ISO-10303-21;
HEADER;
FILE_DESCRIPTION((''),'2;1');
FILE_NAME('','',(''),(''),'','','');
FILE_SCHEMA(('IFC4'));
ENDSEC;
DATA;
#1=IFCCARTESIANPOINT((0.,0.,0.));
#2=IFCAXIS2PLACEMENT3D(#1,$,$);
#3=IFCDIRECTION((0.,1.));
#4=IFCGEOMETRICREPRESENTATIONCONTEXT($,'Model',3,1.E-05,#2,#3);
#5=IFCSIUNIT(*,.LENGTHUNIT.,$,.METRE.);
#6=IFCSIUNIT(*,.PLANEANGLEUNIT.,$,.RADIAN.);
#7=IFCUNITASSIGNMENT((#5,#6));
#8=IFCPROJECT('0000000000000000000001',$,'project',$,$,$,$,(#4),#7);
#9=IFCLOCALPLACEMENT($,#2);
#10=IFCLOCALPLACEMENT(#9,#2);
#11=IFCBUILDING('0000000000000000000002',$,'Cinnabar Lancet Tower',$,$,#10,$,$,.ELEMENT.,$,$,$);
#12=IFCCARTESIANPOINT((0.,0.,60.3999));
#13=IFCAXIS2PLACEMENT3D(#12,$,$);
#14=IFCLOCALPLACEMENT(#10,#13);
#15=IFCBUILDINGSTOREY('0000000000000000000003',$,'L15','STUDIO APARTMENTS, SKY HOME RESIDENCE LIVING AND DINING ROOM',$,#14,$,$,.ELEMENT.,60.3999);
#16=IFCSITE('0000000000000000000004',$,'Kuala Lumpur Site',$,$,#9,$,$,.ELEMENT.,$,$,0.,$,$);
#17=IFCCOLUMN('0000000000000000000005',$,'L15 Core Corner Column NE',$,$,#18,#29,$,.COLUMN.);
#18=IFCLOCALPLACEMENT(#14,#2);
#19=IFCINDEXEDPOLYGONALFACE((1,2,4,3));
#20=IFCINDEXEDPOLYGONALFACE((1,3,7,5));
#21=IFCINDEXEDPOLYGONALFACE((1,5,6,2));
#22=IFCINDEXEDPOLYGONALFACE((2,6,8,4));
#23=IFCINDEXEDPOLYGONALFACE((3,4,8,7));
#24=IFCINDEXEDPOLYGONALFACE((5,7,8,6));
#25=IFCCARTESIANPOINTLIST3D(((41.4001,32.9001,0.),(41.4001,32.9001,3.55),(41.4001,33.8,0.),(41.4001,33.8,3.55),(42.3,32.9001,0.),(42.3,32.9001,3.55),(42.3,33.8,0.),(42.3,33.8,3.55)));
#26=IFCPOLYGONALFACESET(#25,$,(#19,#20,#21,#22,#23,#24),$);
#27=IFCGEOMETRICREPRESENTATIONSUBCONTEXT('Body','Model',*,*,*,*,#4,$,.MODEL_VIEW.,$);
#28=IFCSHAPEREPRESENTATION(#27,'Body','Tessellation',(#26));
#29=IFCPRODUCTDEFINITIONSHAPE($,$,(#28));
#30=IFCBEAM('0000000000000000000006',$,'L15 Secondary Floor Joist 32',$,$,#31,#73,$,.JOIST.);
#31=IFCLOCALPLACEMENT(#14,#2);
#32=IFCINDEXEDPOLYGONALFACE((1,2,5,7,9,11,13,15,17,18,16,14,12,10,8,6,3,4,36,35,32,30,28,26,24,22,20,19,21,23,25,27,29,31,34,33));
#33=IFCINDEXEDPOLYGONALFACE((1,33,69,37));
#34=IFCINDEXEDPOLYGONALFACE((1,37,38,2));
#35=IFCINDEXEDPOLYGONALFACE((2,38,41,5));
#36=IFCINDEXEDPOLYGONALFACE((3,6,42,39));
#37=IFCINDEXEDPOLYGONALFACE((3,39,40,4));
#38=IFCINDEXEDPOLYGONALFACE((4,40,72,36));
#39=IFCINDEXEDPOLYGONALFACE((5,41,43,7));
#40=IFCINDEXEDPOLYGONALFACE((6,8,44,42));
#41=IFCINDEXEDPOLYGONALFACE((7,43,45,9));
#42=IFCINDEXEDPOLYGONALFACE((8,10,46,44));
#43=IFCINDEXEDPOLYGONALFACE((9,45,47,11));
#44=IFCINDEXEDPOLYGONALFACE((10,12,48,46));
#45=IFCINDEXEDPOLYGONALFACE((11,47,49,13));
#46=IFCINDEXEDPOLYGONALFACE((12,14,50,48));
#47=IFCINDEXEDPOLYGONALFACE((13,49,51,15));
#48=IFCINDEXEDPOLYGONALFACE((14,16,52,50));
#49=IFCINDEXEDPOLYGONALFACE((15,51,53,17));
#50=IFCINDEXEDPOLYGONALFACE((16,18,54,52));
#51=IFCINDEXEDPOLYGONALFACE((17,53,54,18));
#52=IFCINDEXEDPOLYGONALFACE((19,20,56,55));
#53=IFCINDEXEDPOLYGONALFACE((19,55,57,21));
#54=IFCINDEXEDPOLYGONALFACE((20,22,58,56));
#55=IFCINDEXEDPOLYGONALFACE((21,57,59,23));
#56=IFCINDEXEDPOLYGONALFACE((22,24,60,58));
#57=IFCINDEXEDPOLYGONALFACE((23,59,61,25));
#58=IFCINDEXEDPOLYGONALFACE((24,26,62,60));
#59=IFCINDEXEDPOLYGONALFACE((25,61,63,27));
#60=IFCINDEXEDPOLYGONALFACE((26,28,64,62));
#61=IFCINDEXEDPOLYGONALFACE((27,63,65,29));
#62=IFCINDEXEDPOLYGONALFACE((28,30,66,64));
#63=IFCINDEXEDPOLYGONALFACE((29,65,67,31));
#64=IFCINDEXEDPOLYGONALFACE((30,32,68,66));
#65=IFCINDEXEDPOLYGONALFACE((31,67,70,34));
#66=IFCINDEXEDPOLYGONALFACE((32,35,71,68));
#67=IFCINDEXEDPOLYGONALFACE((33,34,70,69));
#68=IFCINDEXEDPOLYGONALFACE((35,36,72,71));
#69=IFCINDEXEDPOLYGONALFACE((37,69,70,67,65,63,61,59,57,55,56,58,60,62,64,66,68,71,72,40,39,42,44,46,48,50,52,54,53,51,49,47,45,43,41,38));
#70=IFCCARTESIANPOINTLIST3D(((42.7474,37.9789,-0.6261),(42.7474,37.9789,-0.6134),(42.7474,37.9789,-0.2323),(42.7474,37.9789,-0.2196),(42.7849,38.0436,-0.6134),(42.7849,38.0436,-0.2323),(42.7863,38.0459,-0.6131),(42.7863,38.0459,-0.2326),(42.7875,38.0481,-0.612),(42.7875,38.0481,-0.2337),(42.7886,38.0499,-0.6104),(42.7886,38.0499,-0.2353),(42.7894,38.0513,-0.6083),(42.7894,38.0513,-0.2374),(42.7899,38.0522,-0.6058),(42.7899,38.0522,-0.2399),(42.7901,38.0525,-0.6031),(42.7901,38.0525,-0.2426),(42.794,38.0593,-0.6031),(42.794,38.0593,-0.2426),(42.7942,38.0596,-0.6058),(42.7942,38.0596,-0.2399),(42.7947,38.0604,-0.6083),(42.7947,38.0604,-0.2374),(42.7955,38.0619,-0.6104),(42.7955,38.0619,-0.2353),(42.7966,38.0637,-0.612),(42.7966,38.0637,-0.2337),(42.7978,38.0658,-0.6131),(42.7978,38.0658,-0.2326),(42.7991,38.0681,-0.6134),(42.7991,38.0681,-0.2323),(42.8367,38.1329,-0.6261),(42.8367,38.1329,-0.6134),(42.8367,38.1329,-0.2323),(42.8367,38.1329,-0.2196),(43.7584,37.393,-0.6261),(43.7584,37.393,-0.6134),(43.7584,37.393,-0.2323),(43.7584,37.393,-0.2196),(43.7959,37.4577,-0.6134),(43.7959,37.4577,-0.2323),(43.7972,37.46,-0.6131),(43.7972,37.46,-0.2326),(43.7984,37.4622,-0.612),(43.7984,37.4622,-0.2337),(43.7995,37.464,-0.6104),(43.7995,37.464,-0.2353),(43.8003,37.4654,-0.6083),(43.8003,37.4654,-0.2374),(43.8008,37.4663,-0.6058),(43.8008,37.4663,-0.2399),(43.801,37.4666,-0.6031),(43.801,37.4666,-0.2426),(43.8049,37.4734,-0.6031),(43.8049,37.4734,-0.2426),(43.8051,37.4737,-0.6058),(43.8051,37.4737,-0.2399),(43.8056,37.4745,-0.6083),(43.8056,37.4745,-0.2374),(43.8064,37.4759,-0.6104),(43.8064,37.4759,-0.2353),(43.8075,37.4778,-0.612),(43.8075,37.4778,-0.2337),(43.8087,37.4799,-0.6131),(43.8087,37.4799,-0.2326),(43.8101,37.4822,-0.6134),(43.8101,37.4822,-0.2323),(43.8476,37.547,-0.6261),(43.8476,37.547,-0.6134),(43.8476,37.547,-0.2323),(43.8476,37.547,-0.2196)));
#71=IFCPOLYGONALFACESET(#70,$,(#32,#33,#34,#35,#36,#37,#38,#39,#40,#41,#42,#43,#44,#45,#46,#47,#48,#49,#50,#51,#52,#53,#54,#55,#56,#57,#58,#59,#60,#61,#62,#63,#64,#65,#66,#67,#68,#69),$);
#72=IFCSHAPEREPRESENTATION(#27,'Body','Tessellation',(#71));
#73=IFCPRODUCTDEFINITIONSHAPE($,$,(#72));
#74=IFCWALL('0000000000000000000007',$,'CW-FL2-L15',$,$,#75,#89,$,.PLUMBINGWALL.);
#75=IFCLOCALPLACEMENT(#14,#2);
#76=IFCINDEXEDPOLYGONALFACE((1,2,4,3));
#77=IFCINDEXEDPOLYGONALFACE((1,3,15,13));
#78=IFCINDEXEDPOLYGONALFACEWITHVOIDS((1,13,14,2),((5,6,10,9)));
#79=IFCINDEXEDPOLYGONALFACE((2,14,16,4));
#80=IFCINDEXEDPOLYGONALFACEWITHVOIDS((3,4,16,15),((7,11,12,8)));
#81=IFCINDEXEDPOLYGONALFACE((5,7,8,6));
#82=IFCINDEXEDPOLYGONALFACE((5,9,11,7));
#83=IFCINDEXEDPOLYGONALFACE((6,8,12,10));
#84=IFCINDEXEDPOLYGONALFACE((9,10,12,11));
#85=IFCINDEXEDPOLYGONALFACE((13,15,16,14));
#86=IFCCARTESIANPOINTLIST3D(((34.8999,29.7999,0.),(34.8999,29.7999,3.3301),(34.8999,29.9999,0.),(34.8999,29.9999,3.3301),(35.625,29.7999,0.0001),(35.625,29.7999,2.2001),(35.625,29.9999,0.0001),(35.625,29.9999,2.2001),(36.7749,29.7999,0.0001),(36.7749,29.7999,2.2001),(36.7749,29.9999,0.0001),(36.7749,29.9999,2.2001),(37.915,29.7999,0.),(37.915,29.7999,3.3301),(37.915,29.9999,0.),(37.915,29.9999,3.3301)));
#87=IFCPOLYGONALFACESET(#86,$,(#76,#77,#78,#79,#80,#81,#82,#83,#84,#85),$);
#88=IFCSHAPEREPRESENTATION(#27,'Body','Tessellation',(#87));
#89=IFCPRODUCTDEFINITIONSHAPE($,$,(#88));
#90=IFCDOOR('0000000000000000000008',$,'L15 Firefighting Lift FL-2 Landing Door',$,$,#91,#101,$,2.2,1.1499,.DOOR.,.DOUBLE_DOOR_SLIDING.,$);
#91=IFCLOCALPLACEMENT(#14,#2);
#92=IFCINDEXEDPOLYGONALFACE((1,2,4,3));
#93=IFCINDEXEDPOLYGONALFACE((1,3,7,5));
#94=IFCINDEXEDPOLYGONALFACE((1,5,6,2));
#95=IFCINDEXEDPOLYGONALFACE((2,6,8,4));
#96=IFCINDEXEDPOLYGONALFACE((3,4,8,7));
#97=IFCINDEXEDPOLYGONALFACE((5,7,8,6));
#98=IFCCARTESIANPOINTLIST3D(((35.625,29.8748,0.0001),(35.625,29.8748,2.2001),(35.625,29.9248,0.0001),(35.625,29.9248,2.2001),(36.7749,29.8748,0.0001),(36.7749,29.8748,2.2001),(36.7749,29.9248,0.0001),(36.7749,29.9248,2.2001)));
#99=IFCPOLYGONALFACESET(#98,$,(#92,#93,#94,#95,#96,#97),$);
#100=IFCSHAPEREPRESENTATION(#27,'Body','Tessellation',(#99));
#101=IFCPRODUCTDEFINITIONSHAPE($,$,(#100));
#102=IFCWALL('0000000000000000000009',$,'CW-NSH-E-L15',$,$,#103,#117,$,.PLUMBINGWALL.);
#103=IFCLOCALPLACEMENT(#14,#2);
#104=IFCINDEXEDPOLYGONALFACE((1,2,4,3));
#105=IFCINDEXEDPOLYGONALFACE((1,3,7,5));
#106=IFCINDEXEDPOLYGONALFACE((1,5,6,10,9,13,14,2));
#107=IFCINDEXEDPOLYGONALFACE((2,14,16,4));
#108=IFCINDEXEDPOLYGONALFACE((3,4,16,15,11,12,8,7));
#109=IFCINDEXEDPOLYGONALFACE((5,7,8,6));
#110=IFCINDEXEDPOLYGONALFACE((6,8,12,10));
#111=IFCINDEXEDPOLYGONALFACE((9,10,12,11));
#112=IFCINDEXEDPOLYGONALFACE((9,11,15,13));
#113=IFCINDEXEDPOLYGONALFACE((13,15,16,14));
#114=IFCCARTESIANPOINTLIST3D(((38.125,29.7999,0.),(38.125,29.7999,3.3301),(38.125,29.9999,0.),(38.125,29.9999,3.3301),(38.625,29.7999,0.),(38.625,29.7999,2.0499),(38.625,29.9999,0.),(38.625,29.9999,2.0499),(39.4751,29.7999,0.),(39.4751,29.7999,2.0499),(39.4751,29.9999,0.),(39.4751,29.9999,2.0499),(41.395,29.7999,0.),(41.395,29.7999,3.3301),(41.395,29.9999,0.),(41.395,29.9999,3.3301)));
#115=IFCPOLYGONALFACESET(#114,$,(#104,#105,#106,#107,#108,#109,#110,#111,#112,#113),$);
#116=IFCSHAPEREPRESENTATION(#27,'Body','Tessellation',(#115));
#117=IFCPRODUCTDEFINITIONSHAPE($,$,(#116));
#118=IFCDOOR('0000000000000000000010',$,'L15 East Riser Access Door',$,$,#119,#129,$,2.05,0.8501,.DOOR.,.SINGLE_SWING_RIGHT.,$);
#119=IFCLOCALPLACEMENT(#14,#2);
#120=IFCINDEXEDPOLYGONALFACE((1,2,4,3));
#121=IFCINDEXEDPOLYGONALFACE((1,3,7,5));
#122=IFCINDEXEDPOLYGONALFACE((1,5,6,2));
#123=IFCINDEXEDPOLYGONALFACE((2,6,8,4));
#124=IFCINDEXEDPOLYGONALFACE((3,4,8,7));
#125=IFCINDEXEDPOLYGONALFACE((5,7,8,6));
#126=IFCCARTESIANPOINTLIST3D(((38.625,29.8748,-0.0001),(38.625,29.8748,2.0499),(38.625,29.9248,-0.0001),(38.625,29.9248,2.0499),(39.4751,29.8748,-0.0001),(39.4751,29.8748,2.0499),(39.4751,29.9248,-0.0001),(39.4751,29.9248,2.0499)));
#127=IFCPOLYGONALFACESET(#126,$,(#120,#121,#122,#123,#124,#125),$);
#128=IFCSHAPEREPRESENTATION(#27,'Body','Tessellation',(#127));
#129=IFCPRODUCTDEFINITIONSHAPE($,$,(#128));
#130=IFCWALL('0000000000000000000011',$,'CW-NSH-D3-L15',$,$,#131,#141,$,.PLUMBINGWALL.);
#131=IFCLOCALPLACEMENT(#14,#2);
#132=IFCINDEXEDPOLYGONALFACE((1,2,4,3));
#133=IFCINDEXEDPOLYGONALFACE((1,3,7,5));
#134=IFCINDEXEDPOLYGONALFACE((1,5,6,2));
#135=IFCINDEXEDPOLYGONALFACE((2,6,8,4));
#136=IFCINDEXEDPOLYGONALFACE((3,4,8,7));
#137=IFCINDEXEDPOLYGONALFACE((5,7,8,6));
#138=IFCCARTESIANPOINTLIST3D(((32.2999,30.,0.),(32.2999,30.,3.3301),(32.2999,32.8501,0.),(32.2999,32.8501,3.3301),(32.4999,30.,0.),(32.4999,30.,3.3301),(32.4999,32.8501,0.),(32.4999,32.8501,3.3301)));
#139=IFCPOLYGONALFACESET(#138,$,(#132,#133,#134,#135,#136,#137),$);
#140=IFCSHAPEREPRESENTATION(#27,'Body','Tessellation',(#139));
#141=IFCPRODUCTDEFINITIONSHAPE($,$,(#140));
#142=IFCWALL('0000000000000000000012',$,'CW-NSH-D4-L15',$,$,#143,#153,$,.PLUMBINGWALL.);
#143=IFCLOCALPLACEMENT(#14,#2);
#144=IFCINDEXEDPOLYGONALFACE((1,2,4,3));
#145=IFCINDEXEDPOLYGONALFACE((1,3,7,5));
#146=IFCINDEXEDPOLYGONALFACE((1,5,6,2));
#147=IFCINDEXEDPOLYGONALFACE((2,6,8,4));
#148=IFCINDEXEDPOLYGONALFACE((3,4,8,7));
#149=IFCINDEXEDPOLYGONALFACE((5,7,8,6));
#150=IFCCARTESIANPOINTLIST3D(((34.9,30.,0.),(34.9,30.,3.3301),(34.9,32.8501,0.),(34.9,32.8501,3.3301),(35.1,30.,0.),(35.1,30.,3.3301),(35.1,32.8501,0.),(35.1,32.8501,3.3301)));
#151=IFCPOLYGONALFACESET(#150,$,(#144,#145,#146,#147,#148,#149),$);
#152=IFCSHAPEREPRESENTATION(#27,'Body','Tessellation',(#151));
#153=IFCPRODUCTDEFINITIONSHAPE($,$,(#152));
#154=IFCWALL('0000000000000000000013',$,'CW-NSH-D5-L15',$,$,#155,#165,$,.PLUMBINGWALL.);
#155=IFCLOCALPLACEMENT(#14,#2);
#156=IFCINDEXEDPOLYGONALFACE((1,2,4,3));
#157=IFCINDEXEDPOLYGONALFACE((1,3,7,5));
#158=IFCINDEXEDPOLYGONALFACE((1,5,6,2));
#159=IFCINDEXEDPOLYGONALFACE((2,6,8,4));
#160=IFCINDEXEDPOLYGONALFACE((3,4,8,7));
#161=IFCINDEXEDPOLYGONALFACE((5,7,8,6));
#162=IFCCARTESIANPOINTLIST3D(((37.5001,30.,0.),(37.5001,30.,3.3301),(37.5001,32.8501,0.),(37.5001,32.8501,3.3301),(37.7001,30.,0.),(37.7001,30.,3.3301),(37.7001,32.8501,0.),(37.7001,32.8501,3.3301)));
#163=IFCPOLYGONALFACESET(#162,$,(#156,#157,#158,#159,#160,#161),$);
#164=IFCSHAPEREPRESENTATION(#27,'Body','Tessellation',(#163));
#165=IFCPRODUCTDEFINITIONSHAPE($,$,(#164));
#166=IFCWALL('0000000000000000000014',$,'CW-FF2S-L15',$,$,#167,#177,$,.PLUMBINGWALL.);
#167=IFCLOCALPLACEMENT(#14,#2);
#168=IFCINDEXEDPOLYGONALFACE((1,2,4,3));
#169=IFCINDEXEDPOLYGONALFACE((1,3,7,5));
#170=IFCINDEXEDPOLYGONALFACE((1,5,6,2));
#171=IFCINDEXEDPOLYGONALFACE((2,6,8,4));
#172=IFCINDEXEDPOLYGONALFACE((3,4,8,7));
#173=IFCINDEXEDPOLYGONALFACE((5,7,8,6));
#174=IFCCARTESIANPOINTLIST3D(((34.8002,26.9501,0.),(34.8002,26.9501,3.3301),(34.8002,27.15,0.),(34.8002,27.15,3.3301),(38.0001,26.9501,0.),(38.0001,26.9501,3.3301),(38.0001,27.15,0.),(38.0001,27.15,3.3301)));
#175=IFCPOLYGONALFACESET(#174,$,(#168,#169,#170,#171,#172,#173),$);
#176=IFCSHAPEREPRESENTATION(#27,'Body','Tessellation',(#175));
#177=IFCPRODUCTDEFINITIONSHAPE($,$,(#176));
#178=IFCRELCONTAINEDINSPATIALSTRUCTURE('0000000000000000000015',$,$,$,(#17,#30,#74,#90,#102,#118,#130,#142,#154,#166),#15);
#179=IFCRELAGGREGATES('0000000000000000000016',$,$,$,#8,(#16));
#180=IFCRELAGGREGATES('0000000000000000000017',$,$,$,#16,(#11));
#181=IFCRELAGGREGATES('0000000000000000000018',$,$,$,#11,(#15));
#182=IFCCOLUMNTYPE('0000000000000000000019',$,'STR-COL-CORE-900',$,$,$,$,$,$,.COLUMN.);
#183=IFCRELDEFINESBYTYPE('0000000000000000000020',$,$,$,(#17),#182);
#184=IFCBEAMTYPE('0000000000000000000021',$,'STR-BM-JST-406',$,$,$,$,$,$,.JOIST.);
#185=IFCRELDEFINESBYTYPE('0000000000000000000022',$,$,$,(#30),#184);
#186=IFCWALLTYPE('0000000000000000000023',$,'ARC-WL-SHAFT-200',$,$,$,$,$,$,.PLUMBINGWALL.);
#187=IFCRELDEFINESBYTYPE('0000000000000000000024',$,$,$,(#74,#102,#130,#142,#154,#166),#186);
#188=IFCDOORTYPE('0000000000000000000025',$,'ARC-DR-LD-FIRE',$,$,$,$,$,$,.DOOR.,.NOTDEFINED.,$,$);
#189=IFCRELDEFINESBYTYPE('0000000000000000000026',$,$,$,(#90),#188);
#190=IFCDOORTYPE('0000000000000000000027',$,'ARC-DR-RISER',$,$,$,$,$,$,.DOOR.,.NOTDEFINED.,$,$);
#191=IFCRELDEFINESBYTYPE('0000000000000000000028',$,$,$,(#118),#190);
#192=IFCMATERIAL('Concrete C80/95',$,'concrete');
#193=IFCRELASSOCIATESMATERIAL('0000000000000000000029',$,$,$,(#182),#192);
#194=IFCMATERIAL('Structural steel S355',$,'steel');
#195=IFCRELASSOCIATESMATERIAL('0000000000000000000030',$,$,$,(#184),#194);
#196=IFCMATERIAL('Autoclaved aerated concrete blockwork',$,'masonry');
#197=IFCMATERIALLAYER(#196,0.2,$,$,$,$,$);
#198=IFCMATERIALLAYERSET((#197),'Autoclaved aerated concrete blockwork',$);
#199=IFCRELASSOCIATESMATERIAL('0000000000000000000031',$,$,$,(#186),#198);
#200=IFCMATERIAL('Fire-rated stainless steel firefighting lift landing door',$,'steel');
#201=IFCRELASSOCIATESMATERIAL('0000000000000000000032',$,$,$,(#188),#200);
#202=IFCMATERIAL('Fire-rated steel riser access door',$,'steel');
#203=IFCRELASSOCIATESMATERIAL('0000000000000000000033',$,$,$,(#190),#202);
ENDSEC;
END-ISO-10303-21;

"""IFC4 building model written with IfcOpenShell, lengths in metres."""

from ifc_helpers import new_model, si_unit, direction, frame, frame_2d, origin, origin_2d, place, context, subcontext, project, spatial, rectangle, i_section, extrude, material, layer, layer_set, material_profile, profile_set, type_object, element, fill, save


model = new_model("IFC4")

# Units and contexts
model_context = context("Model", 3, precision=1e-05, world=origin(), true_north=direction((0.0, 1.0)))
body_context = subcontext(model_context, "Body", "Model", "MODEL_VIEW")
ifc_project = project(units=[si_unit("LENGTHUNIT", "METRE"), si_unit("PLANEANGLEUNIT", "RADIAN")], contexts=[model_context])

# Site, building, storey
site_placement = place(None, origin())
site = spatial("IfcSite", under=ifc_project, at=site_placement, Name="Kuala Lumpur Site", CompositionType="ELEMENT", RefElevation=0.0)
building_placement = place(site_placement, origin())
building = spatial("IfcBuilding", under=site, at=building_placement, Name="Cinnabar Lancet Tower", CompositionType="ELEMENT")
storey_placement = place(building_placement, frame((0.0, 0.0, 60.3999)))
storey = spatial("IfcBuildingStorey", under=building, at=storey_placement, Name="L15", Description="STUDIO APARTMENTS, SKY HOME RESIDENCE LIVING AND DINING ROOM", CompositionType="ELEMENT", Elevation=60.3999)

# Column
ifc_material_1 = material(Name="Concrete C80/95", Category="concrete")
ifc_material_profile_1 = material_profile(ifc_material_1, rectangle(XDim=0.8999, YDim=0.8999, at=origin_2d()), Name="RC-COL 900x900")
ifc_profile_set_1 = profile_set([ifc_material_profile_1], Name="Concrete C80/95")
column_type = type_object("IfcColumnType", Name="STR-COL-CORE-900", PredefinedType="COLUMN", material=ifc_profile_set_1)
column_placement = place(storey_placement, frame((41.8501, 33.3501, 0.0), z_axis=(0.0, 0.0, 1.0), x_axis=(1.0, 0.0, 0.0)))
element("IfcColumn", 1, at=column_placement, inside=storey, type_object=column_type, Name="L15 Core Corner Column NE", PredefinedType="COLUMN", context=body_context, shape_type="SweptSolid", body=[
    extrude(rectangle(XDim=0.8999, YDim=0.8999, at=origin_2d()), origin(), (0.0, 0.0, 1.0), 3.55),
])

# Beam
ifc_material_2 = material(Name="Structural steel S355", Category="steel")
ifc_material_profile_2 = material_profile(ifc_material_2, i_section(OverallWidth=0.178, OverallDepth=0.4065, WebThickness=0.0078, FlangeThickness=0.0127, FilletRadius=0.0103, at=origin_2d()), Name="UKB 406x178x60")
ifc_profile_set_2 = profile_set([ifc_material_profile_2], Name="Structural steel S355")
beam_type = type_object("IfcBeamType", Name="STR-BM-JST-406", PredefinedType="JOIST", material=ifc_profile_set_2)
beam_placement = place(storey_placement, frame((43.803, 37.47, -0.4229), z_axis=(-0.865193, 0.50144, 0.0), x_axis=(-0.50144, -0.865193, 0.0)))
element("IfcBeam", 2, at=beam_placement, inside=storey, type_object=beam_type, Name="L15 Secondary Floor Joist 32", PredefinedType="JOIST", context=body_context, shape_type="SweptSolid", body=[
    extrude(i_section(OverallWidth=0.178, OverallDepth=0.4065, WebThickness=0.0078, FlangeThickness=0.0127, FilletRadius=0.0103, at=origin_2d()), origin(), (0.0, 0.0, 1.0), 1.1685),
])

# Walls, openings, doors
ifc_material_3 = material(Name="Autoclaved aerated concrete blockwork", Category="masonry")
ifc_layer_1 = layer(ifc_material_3, 0.2)
ifc_layer_set_1 = layer_set([ifc_layer_1], Name="Autoclaved aerated concrete blockwork")
wall_type_1 = type_object("IfcWallType", Name="ARC-WL-SHAFT-200", PredefinedType="PLUMBINGWALL", material=ifc_layer_set_1)
wall_1_placement = place(storey_placement, frame((34.8999, 29.8999, 0.0), z_axis=(0.0, 0.0, 1.0), x_axis=(1.0, 0.0, 0.0)))
wall_1 = element("IfcWall", 3, at=wall_1_placement, inside=storey, type_object=wall_type_1, Name="CW-FL2-L15", PredefinedType="PLUMBINGWALL", context=body_context, shape_type="SweptSolid", body=[
    extrude(rectangle(XDim=3.0151, YDim=0.2, at=frame_2d((1.5076, 0.0))), origin(), (0.0, 0.0, 1.0), 3.3301),
])
opening_1_placement = place(wall_1_placement, frame((0.7251, 0.0, 0.0)))
opening_1 = element("IfcOpeningElement", 4, at=opening_1_placement, cuts=wall_1, PredefinedType="OPENING", context=body_context, shape_type="SweptSolid", body=[
    extrude(rectangle(XDim=1.1499, YDim=2.2, at=frame_2d((0.575, 1.1001))), frame((0.0, 0.1099, 0.0), z_axis=(0.0, -1.0, 0.0), x_axis=(1.0, 0.0, 0.0)), (0.0, 0.0, 1.0), 0.22),
])
ifc_material_4 = material(Name="Fire-rated stainless steel firefighting lift landing door", Category="steel")
door_type_1 = type_object("IfcDoorType", Name="ARC-DR-LD-FIRE", OperationType="NOTDEFINED", PredefinedType="DOOR", material=ifc_material_4)
door_1_placement = place(opening_1_placement, origin())
door_1 = element("IfcDoor", 5, at=door_1_placement, inside=storey, type_object=door_type_1, Name="L15 Firefighting Lift FL-2 Landing Door", OperationType="DOUBLE_DOOR_SLIDING", OverallHeight=2.2, OverallWidth=1.1499, PredefinedType="DOOR", context=body_context, shape_type="SweptSolid", body=[
    extrude(rectangle(XDim=1.1499, YDim=2.2, at=frame_2d((0.575, 1.1001))), frame((0.0, 0.0249, 0.0), z_axis=(0.0, -1.0, 0.0), x_axis=(1.0, 0.0, 0.0)), (0.0, 0.0, 1.0), 0.05),
])
fill(opening_1, door_1)
wall_2_placement = place(storey_placement, frame((38.125, 29.8999, 0.0), z_axis=(0.0, 0.0, 1.0), x_axis=(1.0, 0.0, 0.0)))
wall_2 = element("IfcWall", 6, at=wall_2_placement, inside=storey, type_object=wall_type_1, Name="CW-NSH-E-L15", PredefinedType="PLUMBINGWALL", context=body_context, shape_type="SweptSolid", body=[
    extrude(rectangle(XDim=3.27, YDim=0.2, at=frame_2d((1.635, 0.0))), origin(), (0.0, 0.0, 1.0), 3.3301),
])
opening_2_placement = place(wall_2_placement, frame((0.5, 0.0, 0.0)))
opening_2 = element("IfcOpeningElement", 7, at=opening_2_placement, cuts=wall_2, PredefinedType="OPENING", context=body_context, shape_type="SweptSolid", body=[
    extrude(rectangle(XDim=0.8501, YDim=2.05, at=frame_2d((0.425, 1.0249))), frame((0.0, 0.1099, 0.0), z_axis=(0.0, -1.0, 0.0), x_axis=(1.0, 0.0, 0.0)), (0.0, 0.0, 1.0), 0.22),
])
ifc_material_5 = material(Name="Fire-rated steel riser access door", Category="steel")
door_type_2 = type_object("IfcDoorType", Name="ARC-DR-RISER", OperationType="NOTDEFINED", PredefinedType="DOOR", material=ifc_material_5)
door_2_placement = place(opening_2_placement, origin())
door_2 = element("IfcDoor", 8, at=door_2_placement, inside=storey, type_object=door_type_2, Name="L15 East Riser Access Door", OperationType="SINGLE_SWING_RIGHT", OverallHeight=2.05, OverallWidth=0.8501, PredefinedType="DOOR", context=body_context, shape_type="SweptSolid", body=[
    extrude(rectangle(XDim=0.8501, YDim=2.05, at=frame_2d((0.425, 1.0249))), frame((0.0, 0.0249, 0.0), z_axis=(0.0, -1.0, 0.0), x_axis=(1.0, 0.0, 0.0)), (0.0, 0.0, 1.0), 0.05),
])
fill(opening_2, door_2)

# Walls
for number, where, z_axis, x_axis, name in (
    (9, (32.3999, 30.0, 0.0), (0.0, 0.0, 1.0), (0.0, 1.0, 0.0), "CW-NSH-D3-L15"),
    (10, (35.0, 30.0, 0.0), (0.0, 0.0, 1.0), (0.0, 1.0, 0.0), "CW-NSH-D4-L15"),
    (11, (37.6001, 30.0, 0.0), (0.0, 0.0, 1.0), (0.0, 1.0, 0.0), "CW-NSH-D5-L15"),
):
    element("IfcWall", number, at=place(storey_placement, frame(where, z_axis=z_axis, x_axis=x_axis)), inside=storey, type_object=wall_type_1, Name=name, PredefinedType="PLUMBINGWALL", context=body_context, shape_type="SweptSolid", body=[
        extrude(rectangle(XDim=2.8501, YDim=0.2, at=frame_2d((1.425, 0.0))), origin(), (0.0, 0.0, 1.0), 3.3301),
    ])

# Wall
wall_3_placement = place(storey_placement, frame((34.8, 27.05, 0.0), z_axis=(0.0, 0.0, 1.0), x_axis=(1.0, 0.0, 0.0)))
element("IfcWall", 12, at=wall_3_placement, inside=storey, type_object=wall_type_1, Name="CW-FF2S-L15", PredefinedType="PLUMBINGWALL", context=body_context, shape_type="SweptSolid", body=[
    extrude(rectangle(XDim=3.2, YDim=0.2, at=frame_2d((1.6001, 0.0))), origin(), (0.0, 0.0, 1.0), 3.3301),
])

save(model, "model.ifc")
